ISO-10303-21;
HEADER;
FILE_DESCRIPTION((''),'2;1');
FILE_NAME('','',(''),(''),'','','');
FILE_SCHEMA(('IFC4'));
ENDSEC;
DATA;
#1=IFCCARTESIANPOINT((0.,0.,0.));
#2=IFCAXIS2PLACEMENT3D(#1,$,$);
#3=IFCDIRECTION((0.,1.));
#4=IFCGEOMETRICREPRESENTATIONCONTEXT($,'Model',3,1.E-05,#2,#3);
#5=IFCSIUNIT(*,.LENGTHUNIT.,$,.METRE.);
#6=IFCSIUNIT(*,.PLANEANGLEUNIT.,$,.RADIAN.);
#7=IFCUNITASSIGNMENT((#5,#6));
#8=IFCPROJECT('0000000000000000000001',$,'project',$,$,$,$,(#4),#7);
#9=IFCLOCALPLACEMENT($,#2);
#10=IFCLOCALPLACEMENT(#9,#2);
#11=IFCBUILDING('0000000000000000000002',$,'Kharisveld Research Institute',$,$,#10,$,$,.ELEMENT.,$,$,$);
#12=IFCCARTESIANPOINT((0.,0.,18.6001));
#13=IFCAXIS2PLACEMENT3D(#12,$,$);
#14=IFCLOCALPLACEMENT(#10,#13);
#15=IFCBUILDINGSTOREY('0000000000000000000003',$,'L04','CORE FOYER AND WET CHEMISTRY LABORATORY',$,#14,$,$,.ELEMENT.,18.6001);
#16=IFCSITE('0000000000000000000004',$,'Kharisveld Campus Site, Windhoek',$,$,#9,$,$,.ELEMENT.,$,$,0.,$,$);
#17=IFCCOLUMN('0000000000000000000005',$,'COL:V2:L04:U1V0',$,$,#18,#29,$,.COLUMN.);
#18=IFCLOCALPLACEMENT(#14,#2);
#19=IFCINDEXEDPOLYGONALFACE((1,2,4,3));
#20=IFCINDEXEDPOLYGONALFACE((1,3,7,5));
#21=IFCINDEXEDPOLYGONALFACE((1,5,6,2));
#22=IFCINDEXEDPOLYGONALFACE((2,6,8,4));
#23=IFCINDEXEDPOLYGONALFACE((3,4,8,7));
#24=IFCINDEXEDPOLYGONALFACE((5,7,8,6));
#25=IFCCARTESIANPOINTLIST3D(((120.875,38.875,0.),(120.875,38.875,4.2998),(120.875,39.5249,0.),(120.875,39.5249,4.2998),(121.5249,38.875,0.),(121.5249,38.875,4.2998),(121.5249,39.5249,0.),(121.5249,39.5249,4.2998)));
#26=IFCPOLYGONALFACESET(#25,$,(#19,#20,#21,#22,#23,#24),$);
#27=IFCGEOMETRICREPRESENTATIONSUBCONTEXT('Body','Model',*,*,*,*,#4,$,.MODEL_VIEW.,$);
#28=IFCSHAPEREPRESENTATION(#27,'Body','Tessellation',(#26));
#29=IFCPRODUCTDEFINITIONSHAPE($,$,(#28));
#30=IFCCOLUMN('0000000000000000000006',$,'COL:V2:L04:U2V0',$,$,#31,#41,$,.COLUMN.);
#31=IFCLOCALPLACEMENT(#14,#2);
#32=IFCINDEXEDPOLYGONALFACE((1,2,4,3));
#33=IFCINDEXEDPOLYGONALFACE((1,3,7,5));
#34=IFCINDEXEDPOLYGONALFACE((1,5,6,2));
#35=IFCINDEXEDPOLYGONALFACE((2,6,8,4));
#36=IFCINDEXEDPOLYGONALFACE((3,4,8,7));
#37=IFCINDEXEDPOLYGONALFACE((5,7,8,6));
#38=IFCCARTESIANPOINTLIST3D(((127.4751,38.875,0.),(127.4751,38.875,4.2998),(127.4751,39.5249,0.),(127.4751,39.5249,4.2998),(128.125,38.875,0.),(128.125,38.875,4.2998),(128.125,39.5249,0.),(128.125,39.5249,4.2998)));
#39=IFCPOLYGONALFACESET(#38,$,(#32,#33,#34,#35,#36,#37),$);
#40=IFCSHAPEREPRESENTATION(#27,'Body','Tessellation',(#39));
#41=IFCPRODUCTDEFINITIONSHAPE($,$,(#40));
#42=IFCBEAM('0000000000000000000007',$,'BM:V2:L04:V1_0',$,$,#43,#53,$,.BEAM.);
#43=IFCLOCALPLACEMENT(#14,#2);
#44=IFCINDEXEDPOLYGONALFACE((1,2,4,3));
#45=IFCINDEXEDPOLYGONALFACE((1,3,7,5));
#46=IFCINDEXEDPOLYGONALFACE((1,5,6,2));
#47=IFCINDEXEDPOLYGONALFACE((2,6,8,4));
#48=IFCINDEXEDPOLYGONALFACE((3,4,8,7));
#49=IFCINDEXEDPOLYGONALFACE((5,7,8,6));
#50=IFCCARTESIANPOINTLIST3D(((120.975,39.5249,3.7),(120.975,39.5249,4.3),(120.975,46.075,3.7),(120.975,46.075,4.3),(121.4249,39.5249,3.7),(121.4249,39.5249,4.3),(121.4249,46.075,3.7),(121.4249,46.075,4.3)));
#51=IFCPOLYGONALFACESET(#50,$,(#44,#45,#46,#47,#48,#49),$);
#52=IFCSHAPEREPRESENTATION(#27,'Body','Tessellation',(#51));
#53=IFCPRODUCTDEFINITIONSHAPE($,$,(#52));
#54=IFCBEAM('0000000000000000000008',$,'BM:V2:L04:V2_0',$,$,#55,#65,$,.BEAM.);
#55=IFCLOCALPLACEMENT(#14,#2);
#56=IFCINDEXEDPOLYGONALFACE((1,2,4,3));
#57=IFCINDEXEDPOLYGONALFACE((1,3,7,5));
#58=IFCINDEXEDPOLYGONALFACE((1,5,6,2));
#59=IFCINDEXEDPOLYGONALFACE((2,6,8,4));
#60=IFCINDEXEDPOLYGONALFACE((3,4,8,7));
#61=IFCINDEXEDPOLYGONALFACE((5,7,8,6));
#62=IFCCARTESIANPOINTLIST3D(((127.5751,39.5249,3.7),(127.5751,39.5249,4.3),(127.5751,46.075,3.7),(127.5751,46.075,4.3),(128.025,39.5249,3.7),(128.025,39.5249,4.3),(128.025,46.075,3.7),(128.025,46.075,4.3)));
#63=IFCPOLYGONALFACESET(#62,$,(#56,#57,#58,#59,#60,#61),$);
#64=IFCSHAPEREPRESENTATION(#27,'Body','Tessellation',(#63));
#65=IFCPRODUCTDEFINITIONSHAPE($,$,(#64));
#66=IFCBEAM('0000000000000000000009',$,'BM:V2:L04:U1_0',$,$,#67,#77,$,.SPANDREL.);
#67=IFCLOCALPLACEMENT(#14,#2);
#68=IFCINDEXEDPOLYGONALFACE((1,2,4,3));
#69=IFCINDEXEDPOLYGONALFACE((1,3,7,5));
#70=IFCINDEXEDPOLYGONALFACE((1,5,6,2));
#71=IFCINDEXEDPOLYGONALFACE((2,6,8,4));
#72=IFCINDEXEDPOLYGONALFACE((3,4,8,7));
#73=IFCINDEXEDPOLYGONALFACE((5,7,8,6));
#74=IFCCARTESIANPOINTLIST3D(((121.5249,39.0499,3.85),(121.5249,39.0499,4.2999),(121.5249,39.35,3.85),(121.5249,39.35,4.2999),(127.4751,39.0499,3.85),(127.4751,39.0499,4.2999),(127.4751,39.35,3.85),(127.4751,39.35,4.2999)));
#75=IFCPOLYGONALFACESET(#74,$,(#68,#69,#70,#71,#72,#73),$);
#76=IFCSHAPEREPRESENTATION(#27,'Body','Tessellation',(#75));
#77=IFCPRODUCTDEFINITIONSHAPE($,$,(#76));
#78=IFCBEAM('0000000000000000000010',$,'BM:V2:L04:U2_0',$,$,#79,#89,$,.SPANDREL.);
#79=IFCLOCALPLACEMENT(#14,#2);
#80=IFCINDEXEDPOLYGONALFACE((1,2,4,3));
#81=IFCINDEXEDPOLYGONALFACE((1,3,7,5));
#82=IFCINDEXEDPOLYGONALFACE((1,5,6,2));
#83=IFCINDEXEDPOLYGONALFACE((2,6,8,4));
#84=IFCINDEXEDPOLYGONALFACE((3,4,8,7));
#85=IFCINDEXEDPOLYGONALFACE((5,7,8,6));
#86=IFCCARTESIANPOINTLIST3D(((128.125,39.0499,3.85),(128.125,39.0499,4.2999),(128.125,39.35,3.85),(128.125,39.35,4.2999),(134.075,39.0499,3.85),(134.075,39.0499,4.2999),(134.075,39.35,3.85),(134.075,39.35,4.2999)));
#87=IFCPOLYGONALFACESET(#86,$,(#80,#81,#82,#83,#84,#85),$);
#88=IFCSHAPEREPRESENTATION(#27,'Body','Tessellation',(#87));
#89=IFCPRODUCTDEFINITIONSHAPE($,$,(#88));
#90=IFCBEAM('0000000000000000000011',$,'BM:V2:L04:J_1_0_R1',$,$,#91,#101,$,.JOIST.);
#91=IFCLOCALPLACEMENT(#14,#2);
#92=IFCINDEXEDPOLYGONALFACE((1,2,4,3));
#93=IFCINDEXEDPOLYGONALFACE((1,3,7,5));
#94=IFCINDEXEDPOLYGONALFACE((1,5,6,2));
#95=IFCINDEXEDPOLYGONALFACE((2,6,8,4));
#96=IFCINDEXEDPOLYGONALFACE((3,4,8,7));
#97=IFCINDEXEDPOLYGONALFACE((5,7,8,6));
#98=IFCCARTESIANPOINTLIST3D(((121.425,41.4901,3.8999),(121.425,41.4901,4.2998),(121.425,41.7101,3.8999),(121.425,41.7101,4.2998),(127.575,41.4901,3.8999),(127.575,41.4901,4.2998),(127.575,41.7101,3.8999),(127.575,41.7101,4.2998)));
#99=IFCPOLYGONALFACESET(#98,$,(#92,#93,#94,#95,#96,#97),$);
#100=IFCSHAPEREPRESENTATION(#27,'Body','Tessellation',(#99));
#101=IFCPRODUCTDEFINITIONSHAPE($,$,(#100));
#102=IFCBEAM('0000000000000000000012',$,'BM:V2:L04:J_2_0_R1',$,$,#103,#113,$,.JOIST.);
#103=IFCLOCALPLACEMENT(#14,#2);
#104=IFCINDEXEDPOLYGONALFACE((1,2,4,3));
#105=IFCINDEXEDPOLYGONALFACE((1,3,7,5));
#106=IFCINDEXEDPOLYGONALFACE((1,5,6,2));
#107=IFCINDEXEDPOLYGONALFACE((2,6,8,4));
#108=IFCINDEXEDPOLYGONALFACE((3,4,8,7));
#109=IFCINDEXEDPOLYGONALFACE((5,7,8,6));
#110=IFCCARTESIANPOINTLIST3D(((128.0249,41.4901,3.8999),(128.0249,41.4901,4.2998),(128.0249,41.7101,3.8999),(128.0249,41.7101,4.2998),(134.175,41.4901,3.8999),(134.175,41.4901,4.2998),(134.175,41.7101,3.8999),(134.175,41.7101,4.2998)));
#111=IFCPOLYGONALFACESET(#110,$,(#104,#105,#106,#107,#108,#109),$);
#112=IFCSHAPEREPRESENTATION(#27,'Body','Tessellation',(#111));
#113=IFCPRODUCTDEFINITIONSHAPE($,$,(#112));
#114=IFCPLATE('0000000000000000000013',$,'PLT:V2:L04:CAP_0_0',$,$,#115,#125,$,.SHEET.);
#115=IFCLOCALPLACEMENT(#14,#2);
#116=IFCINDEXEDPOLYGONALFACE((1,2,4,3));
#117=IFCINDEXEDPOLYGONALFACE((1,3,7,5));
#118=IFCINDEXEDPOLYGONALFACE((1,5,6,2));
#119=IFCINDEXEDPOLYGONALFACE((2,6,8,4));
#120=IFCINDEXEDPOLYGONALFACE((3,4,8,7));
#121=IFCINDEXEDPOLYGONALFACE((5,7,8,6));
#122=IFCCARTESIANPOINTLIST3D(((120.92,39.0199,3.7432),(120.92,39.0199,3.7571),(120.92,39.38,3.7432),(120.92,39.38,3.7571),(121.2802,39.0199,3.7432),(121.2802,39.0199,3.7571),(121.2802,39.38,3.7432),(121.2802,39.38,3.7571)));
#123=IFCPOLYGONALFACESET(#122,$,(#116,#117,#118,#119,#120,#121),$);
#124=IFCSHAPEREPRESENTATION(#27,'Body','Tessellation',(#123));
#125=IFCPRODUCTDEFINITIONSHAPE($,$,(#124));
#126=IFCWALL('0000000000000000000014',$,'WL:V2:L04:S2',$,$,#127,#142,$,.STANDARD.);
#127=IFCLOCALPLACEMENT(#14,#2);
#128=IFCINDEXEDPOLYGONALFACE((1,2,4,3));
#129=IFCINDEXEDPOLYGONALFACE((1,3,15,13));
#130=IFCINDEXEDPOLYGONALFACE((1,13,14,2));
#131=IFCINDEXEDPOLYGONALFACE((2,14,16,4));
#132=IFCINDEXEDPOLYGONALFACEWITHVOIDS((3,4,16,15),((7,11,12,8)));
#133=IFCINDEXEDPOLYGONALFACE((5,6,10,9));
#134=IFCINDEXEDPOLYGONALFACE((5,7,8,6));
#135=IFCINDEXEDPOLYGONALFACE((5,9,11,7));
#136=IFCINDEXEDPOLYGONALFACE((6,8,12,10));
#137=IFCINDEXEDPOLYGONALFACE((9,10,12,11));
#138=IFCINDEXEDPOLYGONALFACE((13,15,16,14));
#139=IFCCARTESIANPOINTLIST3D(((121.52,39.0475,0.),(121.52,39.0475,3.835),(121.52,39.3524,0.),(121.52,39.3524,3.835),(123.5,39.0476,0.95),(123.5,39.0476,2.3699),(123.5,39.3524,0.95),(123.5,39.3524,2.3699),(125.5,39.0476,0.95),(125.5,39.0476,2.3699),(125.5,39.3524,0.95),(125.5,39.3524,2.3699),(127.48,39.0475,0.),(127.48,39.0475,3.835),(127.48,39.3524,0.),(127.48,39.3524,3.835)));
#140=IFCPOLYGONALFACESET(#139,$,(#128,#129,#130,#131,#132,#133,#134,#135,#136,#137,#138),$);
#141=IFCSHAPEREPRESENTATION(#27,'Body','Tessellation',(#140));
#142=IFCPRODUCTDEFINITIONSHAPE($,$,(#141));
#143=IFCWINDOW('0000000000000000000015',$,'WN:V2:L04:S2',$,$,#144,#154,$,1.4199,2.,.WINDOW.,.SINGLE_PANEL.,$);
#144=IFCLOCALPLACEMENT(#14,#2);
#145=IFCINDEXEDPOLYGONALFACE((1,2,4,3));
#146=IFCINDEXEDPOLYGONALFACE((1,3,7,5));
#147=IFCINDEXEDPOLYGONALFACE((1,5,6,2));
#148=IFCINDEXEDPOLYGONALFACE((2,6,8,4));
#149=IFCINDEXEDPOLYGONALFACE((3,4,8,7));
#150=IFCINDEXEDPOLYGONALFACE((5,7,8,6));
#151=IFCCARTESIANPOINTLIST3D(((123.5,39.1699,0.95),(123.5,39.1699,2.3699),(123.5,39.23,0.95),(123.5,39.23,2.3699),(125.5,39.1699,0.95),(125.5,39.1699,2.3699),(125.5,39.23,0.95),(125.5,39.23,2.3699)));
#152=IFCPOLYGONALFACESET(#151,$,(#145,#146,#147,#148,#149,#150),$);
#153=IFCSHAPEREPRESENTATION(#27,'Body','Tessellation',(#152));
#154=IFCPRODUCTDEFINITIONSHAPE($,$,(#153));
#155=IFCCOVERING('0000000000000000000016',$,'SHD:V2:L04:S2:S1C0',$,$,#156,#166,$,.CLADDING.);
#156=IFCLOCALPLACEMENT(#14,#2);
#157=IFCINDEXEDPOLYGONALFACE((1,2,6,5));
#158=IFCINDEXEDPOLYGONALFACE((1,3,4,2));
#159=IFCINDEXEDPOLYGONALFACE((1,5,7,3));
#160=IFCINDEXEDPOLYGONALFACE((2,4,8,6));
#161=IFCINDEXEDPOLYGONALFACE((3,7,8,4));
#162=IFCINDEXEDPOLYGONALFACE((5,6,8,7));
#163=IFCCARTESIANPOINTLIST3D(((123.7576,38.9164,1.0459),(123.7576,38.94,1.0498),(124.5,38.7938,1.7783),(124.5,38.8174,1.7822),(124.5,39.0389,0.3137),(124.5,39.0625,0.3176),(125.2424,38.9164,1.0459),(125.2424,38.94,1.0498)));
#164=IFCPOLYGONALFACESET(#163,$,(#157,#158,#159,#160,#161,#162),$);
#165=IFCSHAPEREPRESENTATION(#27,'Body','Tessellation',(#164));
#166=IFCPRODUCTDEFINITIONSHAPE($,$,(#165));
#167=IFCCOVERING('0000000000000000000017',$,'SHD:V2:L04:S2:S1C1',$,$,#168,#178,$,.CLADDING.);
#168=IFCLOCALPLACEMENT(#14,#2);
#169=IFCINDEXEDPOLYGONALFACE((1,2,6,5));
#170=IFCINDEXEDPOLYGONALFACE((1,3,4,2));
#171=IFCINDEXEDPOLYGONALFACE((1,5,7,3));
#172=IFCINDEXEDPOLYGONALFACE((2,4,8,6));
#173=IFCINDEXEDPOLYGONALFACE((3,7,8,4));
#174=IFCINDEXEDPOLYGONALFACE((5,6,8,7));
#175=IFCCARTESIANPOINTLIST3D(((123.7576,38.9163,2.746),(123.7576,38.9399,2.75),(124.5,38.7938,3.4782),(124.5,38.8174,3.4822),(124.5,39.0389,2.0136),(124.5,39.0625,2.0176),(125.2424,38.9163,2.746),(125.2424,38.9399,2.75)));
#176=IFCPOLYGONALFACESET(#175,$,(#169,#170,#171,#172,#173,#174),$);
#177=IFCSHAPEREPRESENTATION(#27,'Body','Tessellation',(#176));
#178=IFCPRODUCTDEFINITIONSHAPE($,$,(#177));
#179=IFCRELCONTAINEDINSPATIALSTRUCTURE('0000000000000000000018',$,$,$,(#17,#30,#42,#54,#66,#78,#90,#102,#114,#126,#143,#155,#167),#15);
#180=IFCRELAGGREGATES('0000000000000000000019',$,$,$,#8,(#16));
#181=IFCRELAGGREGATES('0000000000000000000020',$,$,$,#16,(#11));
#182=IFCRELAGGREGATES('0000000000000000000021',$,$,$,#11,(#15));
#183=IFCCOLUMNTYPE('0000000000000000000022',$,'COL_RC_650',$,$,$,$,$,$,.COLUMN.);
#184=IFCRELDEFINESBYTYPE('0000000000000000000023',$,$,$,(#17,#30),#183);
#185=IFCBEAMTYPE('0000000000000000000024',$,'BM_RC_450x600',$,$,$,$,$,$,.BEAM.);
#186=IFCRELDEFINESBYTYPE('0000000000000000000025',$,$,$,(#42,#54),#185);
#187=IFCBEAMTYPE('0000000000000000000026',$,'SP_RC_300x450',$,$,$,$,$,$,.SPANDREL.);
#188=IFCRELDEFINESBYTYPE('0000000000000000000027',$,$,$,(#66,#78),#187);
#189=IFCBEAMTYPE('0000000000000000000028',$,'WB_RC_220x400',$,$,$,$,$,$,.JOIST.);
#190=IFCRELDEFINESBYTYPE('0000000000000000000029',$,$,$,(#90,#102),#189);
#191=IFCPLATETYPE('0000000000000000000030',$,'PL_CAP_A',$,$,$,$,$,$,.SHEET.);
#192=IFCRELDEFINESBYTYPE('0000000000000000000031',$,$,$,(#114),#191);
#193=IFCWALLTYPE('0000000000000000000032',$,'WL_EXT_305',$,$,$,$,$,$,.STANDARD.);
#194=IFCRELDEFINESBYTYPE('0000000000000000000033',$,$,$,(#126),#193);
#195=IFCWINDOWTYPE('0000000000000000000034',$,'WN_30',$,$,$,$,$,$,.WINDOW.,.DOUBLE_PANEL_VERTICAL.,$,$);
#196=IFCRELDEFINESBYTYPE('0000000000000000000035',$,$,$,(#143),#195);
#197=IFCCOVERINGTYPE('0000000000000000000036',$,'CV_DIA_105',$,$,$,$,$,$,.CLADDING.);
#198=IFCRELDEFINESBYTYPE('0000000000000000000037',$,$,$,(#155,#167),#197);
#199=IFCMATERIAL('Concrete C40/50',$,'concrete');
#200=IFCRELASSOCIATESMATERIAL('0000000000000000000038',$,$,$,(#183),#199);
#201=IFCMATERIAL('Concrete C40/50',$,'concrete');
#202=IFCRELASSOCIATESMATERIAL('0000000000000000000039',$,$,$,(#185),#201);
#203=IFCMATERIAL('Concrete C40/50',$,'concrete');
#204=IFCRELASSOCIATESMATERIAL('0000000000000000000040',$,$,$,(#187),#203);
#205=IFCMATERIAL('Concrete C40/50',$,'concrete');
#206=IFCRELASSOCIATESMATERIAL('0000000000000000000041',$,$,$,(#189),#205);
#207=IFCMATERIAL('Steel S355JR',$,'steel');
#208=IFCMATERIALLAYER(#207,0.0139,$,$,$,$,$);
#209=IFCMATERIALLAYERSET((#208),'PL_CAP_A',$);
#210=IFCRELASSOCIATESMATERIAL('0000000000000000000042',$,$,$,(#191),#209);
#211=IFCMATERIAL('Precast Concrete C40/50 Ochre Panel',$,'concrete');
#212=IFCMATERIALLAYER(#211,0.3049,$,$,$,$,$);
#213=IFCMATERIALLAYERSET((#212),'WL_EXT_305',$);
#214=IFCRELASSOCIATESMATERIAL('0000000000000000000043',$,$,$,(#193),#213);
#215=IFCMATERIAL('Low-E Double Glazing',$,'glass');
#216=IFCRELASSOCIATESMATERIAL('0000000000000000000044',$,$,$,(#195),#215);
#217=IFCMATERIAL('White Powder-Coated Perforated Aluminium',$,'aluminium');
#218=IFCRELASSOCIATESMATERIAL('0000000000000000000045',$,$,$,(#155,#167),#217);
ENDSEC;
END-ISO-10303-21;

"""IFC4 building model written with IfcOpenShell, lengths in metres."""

from ifc_helpers import new_model, si_unit, direction, frame, frame_2d, origin, origin_2d, place, context, subcontext, project, spatial, polyline, rectangle, outline, extrude, material, layer, layer_set, material_profile, profile_set, type_object, element, fill, save


model = new_model("IFC4")

# Units and contexts
model_context = context("Model", 3, precision=1e-05, world=origin(), true_north=direction((0.0, 1.0)))
body_context = subcontext(model_context, "Body", "Model", "MODEL_VIEW")
ifc_project = project(units=[si_unit("LENGTHUNIT", "METRE"), si_unit("PLANEANGLEUNIT", "RADIAN")], contexts=[model_context])

# Site, building, storey
site_placement = place(None, origin())
site = spatial("IfcSite", under=ifc_project, at=site_placement, Name="Kharisveld Campus Site, Windhoek", CompositionType="ELEMENT", RefElevation=0.0)
building_placement = place(site_placement, origin())
building = spatial("IfcBuilding", under=site, at=building_placement, Name="Kharisveld Research Institute", CompositionType="ELEMENT")
storey_placement = place(building_placement, frame((0.0, 0.0, 18.6001)))
storey = spatial("IfcBuildingStorey", under=building, at=storey_placement, Name="L04", Description="CORE FOYER AND WET CHEMISTRY LABORATORY", CompositionType="ELEMENT", Elevation=18.6001)

# Columns
ifc_material_1 = material(Name="Concrete C40/50", Category="concrete")
ifc_material_profile_1 = material_profile(ifc_material_1, rectangle(XDim=0.6499, YDim=0.6499, at=origin_2d()))
ifc_profile_set_1 = profile_set([ifc_material_profile_1], Name="Concrete C40/50")
column_type = type_object("IfcColumnType", Name="COL_RC_650", PredefinedType="COLUMN", material=ifc_profile_set_1)
for number, where, z_axis, x_axis, name in (
    (1, (121.2, 39.2, 0.0), (0.0, 0.0, 1.0), (1.0, 0.0, 0.0), "COL:V2:L04:U1V0"),
    (2, (127.8, 39.2, 0.0), (0.0, 0.0, 1.0), (1.0, 0.0, 0.0), "COL:V2:L04:U2V0"),
):
    element("IfcColumn", number, at=place(storey_placement, frame(where, z_axis=z_axis, x_axis=x_axis)), inside=storey, type_object=column_type, Name=name, PredefinedType="COLUMN", context=body_context, shape_type="SweptSolid", body=[
        extrude(rectangle(XDim=0.6499, YDim=0.6499, at=origin_2d()), origin(), (0.0, 0.0, 1.0), 4.2998),
    ])

# Beams
ifc_material_2 = material(Name="Concrete C40/50", Category="concrete")
ifc_material_profile_2 = material_profile(ifc_material_2, rectangle(XDim=0.45, YDim=0.6001, at=origin_2d()))
ifc_profile_set_2 = profile_set([ifc_material_profile_2], Name="Concrete C40/50")
beam_type_1 = type_object("IfcBeamType", Name="BM_RC_450x600", PredefinedType="BEAM", material=ifc_profile_set_2)
for number, where, z_axis, x_axis, name in (
    (3, (121.2, 39.5249, 4.0), (0.0, 1.0, 0.0), (-1.0, 0.0, 0.0), "BM:V2:L04:V1_0"),
    (4, (127.8, 39.5249, 4.0), (0.0, 1.0, 0.0), (-1.0, 0.0, 0.0), "BM:V2:L04:V2_0"),
):
    element("IfcBeam", number, at=place(storey_placement, frame(where, z_axis=z_axis, x_axis=x_axis)), inside=storey, type_object=beam_type_1, Name=name, PredefinedType="BEAM", context=body_context, shape_type="SweptSolid", body=[
        extrude(rectangle(XDim=0.45, YDim=0.6001, at=origin_2d()), origin(), (0.0, 0.0, 1.0), 6.55),
    ])
ifc_material_3 = material(Name="Concrete C40/50", Category="concrete")
ifc_material_profile_3 = material_profile(ifc_material_3, rectangle(XDim=0.3, YDim=0.45, at=origin_2d()))
ifc_profile_set_3 = profile_set([ifc_material_profile_3], Name="Concrete C40/50")
beam_type_2 = type_object("IfcBeamType", Name="SP_RC_300x450", PredefinedType="SPANDREL", material=ifc_profile_set_3)
beam_1_placement = place(storey_placement, frame((121.5249, 39.2, 4.075), z_axis=(1.0, 0.0, 0.0), x_axis=(0.0, 1.0, 0.0)))
element("IfcBeam", 5, at=beam_1_placement, inside=storey, type_object=beam_type_2, Name="BM:V2:L04:U1_0", PredefinedType="SPANDREL", context=body_context, shape_type="SweptSolid", body=[
    extrude(rectangle(XDim=0.3, YDim=0.45, at=origin_2d()), origin(), (0.0, 0.0, 1.0), 5.9502),
])
beam_2_placement = place(storey_placement, frame((128.125, 39.2, 4.075), z_axis=(1.0, 0.0, 0.0), x_axis=(0.0, 1.0, 0.0)))
element("IfcBeam", 6, at=beam_2_placement, inside=storey, type_object=beam_type_2, Name="BM:V2:L04:U2_0", PredefinedType="SPANDREL", context=body_context, shape_type="SweptSolid", body=[
    extrude(rectangle(XDim=0.3, YDim=0.45, at=origin_2d()), origin(), (0.0, 0.0, 1.0), 5.95),
])
ifc_material_4 = material(Name="Concrete C40/50", Category="concrete")
ifc_material_profile_4 = material_profile(ifc_material_4, rectangle(XDim=0.22, YDim=0.3999, at=origin_2d()))
ifc_profile_set_4 = profile_set([ifc_material_profile_4], Name="Concrete C40/50")
beam_type_3 = type_object("IfcBeamType", Name="WB_RC_220x400", PredefinedType="JOIST", material=ifc_profile_set_4)
beam_3_placement = place(storey_placement, frame((121.425, 41.6001, 4.0999), z_axis=(1.0, 0.0, 0.0), x_axis=(0.0, 1.0, 0.0)))
element("IfcBeam", 7, at=beam_3_placement, inside=storey, type_object=beam_type_3, Name="BM:V2:L04:J_1_0_R1", PredefinedType="JOIST", context=body_context, shape_type="SweptSolid", body=[
    extrude(rectangle(XDim=0.22, YDim=0.3999, at=origin_2d()), origin(), (0.0, 0.0, 1.0), 6.1499),
])
beam_4_placement = place(storey_placement, frame((128.0249, 41.6001, 4.0999), z_axis=(1.0, 0.0, 0.0), x_axis=(0.0, 1.0, 0.0)))
element("IfcBeam", 8, at=beam_4_placement, inside=storey, type_object=beam_type_3, Name="BM:V2:L04:J_2_0_R1", PredefinedType="JOIST", context=body_context, shape_type="SweptSolid", body=[
    extrude(rectangle(XDim=0.22, YDim=0.3999, at=origin_2d()), origin(), (0.0, 0.0, 1.0), 6.1501),
])

# Plate
ifc_material_5 = material(Name="Steel S355JR", Category="steel")
ifc_layer_1 = layer(ifc_material_5, 0.0139)
ifc_layer_set_1 = layer_set([ifc_layer_1], Name="PL_CAP_A")
plate_type = type_object("IfcPlateType", Name="PL_CAP_A", PredefinedType="SHEET", material=ifc_layer_set_1)
plate_placement = place(storey_placement, frame((121.1001, 39.2, 3.7432), z_axis=(0.0, 0.0, 1.0), x_axis=(1.0, 0.0, 0.0)))
element("IfcPlate", 9, at=plate_placement, inside=storey, type_object=plate_type, Name="PLT:V2:L04:CAP_0_0", PredefinedType="SHEET", context=body_context, shape_type="SweptSolid", body=[
    extrude(rectangle(XDim=0.3601, YDim=0.3601, at=origin_2d()), origin(), (0.0, 0.0, 1.0), 0.0139),
])

# Wall, opening, window
ifc_material_6 = material(Name="Precast Concrete C40/50 Ochre Panel", Category="concrete")
ifc_layer_2 = layer(ifc_material_6, 0.3049)
ifc_layer_set_2 = layer_set([ifc_layer_2], Name="WL_EXT_305")
wall_type = type_object("IfcWallType", Name="WL_EXT_305", PredefinedType="STANDARD", material=ifc_layer_set_2)
wall_placement = place(storey_placement, frame((127.48, 39.2, 0.0), z_axis=(0.0, 0.0, 1.0), x_axis=(-1.0, 0.0, 0.0)))
wall = element("IfcWall", 10, at=wall_placement, inside=storey, type_object=wall_type, Name="WL:V2:L04:S2", PredefinedType="STANDARD", context=body_context, shape_type="SweptSolid", body=[
    extrude(rectangle(XDim=5.96, YDim=0.3049, at=frame_2d((2.98, 0.0))), origin(), (0.0, 0.0, 1.0), 3.835),
])
opening_placement = place(wall_placement, frame((1.98, 0.0, 0.95)))
opening = element("IfcOpeningElement", 11, at=opening_placement, cuts=wall, PredefinedType="OPENING", context=body_context, shape_type="SweptSolid", body=[
    extrude(rectangle(XDim=2.0, YDim=1.4199, at=frame_2d((1.0, 0.71))), frame((0.0, 0.1523, 0.0), z_axis=(0.0, -1.0, 0.0), x_axis=(1.0, 0.0, 0.0)), (0.0, 0.0, 1.0), 0.3049),
])
ifc_material_7 = material(Name="Low-E Double Glazing", Category="glass")
window_type = type_object("IfcWindowType", Name="WN_30", PartitioningType="DOUBLE_PANEL_VERTICAL", PredefinedType="WINDOW", material=ifc_material_7)
window_placement = place(opening_placement, origin())
window = element("IfcWindow", 12, at=window_placement, inside=storey, type_object=window_type, Name="WN:V2:L04:S2", OverallHeight=1.4199, OverallWidth=2.0, PartitioningType="SINGLE_PANEL", PredefinedType="WINDOW", context=body_context, shape_type="SweptSolid", body=[
    extrude(rectangle(XDim=2.0, YDim=1.4199, at=frame_2d((1.0, 0.71))), frame((0.0, 0.03, 0.0), z_axis=(0.0, -1.0, 0.0), x_axis=(1.0, 0.0, 0.0)), (0.0, 0.0, 1.0), 0.0601),
])
fill(opening, window)

# Coverings
ifc_material_8 = material(Name="White Powder-Coated Perforated Aluminium", Category="aluminium")
covering_type = type_object("IfcCoveringType", Name="CV_DIA_105", PredefinedType="CLADDING")
covering_1_placement = place(storey_placement, frame((124.5, 39.0625, 0.3176), z_axis=(0.0, 0.986283, 0.165065), x_axis=(-0.707139, -0.116714, 0.697376)))
element("IfcCovering", 13, at=covering_1_placement, inside=storey, type_object=covering_type, material=ifc_material_8, Name="SHD:V2:L04:S2:S1C0", PredefinedType="CLADDING", context=body_context, shape_type="SweptSolid", body=[
    extrude(outline(polyline([(0.0, 0.0), (1.0499, 0.0), (1.05, 1.0501), (-0.0001, 1.0499), (0.0, 0.0)])), origin(), (0.0, 0.0, -1.0), 0.0239),
])
covering_2_placement = place(storey_placement, frame((124.5, 39.0625, 2.0176), z_axis=(0.0, 0.986283, 0.165065), x_axis=(-0.707024, -0.116733, 0.697489)))
element("IfcCovering", 14, at=covering_2_placement, inside=storey, type_object=covering_type, material=ifc_material_8, Name="SHD:V2:L04:S2:S1C1", PredefinedType="CLADDING", context=body_context, shape_type="SweptSolid", body=[
    extrude(outline(polyline([(0.0, 0.0), (1.0501, 0.0), (1.0502, 1.0499), (0.0002, 1.0501), (0.0, 0.0)])), origin(), (0.0, 0.0, -1.0), 0.0239),
])

save(model, "model.ifc")
